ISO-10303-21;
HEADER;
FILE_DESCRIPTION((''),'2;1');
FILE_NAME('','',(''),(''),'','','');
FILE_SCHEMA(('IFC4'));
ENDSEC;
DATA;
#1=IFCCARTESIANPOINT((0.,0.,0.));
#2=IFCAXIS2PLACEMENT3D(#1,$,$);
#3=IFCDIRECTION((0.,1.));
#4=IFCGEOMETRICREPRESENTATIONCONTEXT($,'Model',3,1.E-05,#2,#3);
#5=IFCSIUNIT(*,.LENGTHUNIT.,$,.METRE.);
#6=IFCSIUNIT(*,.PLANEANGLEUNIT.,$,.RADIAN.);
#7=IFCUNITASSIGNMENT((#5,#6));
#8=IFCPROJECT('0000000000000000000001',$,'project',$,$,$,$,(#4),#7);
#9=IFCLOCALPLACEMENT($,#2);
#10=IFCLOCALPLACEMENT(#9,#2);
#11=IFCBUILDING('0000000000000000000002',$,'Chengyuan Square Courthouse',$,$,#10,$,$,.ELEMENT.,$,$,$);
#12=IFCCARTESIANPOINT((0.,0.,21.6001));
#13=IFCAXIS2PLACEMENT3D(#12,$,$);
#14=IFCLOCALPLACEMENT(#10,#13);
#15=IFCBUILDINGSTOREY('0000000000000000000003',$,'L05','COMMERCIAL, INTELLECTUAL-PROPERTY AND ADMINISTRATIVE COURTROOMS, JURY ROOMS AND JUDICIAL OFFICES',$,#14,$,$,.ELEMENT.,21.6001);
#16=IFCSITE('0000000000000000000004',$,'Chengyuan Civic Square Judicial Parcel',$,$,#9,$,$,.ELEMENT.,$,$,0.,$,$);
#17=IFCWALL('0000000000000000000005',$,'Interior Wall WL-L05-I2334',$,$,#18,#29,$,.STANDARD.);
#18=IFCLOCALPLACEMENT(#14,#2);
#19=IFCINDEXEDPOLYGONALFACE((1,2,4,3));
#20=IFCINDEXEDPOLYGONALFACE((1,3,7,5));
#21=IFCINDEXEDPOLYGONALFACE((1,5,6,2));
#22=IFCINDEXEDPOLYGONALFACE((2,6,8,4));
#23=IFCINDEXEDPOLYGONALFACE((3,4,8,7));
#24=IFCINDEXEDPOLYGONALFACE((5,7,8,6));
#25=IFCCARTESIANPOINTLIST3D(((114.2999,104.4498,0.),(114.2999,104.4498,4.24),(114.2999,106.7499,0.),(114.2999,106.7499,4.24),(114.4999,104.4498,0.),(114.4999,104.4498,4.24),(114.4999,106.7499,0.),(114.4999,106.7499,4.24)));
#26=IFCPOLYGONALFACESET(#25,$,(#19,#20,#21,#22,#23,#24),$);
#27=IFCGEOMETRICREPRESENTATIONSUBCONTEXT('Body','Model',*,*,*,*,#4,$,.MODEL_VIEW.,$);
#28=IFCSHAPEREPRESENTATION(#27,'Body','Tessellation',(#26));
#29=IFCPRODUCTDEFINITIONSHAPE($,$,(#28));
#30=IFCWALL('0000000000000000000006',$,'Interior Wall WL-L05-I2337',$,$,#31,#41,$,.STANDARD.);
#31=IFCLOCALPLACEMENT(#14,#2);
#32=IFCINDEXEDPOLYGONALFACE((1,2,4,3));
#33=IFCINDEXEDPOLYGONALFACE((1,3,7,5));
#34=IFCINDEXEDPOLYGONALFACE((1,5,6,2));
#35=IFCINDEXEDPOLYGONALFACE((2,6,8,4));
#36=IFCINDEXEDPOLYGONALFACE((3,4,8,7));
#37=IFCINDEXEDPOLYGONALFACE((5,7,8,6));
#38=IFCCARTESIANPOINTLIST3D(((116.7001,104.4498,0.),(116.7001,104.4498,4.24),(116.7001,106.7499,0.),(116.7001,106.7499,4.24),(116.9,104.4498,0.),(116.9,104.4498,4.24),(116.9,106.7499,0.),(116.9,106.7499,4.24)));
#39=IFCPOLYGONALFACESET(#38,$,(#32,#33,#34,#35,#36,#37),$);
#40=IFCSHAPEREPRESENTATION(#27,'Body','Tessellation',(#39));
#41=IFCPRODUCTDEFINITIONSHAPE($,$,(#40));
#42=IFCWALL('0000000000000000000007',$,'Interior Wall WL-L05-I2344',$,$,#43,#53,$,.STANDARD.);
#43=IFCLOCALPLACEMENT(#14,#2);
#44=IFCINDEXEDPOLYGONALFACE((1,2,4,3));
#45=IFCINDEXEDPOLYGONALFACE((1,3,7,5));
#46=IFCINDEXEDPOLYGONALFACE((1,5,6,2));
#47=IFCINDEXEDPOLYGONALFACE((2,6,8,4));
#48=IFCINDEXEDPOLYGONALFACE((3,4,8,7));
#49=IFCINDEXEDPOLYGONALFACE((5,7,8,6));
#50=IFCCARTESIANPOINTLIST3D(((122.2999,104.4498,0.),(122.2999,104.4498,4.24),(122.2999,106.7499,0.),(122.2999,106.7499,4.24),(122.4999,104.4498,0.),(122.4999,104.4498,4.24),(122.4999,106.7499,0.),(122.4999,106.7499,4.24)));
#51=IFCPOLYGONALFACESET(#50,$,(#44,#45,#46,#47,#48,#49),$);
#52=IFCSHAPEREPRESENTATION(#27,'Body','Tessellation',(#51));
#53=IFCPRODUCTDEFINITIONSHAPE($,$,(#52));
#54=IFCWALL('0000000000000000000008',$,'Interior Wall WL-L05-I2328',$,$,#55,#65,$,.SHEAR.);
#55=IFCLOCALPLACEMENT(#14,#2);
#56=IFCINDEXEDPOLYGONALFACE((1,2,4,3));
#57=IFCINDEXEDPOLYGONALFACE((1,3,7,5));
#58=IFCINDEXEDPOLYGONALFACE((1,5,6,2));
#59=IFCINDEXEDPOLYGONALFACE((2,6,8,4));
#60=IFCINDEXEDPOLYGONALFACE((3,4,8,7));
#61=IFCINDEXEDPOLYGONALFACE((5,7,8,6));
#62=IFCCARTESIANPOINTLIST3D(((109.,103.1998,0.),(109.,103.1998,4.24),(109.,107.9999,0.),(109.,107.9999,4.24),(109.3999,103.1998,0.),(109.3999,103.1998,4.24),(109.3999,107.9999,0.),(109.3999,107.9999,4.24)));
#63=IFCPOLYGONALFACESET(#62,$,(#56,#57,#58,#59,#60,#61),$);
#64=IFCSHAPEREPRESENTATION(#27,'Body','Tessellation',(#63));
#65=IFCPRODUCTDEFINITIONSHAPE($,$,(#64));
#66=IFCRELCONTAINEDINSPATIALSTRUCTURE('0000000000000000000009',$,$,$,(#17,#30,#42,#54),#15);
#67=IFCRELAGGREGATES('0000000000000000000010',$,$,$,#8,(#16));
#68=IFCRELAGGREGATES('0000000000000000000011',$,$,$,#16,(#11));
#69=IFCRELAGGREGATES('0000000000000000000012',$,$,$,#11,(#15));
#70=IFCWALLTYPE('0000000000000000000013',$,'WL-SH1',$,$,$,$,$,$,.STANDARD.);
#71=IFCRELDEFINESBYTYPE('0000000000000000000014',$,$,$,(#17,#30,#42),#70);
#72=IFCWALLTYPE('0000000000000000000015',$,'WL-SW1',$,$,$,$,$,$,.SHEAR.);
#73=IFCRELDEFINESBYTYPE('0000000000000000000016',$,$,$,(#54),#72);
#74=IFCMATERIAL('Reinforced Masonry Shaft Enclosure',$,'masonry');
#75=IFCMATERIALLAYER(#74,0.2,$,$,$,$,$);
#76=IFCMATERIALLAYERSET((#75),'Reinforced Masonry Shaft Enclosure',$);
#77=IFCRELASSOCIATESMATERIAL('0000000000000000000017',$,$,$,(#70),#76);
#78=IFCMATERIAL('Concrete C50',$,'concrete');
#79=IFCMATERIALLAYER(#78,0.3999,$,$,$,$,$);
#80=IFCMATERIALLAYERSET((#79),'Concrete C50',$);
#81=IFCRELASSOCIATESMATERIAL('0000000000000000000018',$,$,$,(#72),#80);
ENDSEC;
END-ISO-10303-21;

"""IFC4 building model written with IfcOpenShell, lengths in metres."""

from ifc_helpers import new_model, si_unit, direction, frame, frame_2d, origin, place, context, subcontext, project, spatial, rectangle, extrude, material, layer, layer_set, type_object, element, save


model = new_model("IFC4")

# Units and contexts
model_context = context("Model", 3, precision=1e-05, world=origin(), true_north=direction((0.0, 1.0)))
body_context = subcontext(model_context, "Body", "Model", "MODEL_VIEW")
ifc_project = project(units=[si_unit("LENGTHUNIT", "METRE"), si_unit("PLANEANGLEUNIT", "RADIAN")], contexts=[model_context])

# Site, building, storey
site_placement = place(None, origin())
site = spatial("IfcSite", under=ifc_project, at=site_placement, Name="Chengyuan Civic Square Judicial Parcel", CompositionType="ELEMENT", RefElevation=0.0)
building_placement = place(site_placement, origin())
building = spatial("IfcBuilding", under=site, at=building_placement, Name="Chengyuan Square Courthouse", CompositionType="ELEMENT")
storey_placement = place(building_placement, frame((0.0, 0.0, 21.6001)))
storey = spatial("IfcBuildingStorey", under=building, at=storey_placement, Name="L05", Description="COMMERCIAL, INTELLECTUAL-PROPERTY AND ADMINISTRATIVE COURTROOMS, JURY ROOMS AND JUDICIAL OFFICES", CompositionType="ELEMENT", Elevation=21.6001)

# Shared definitions
ifc_material_1 = material(Name="Reinforced Masonry Shaft Enclosure", Category="masonry")
ifc_layer_1 = layer(ifc_material_1, 0.2)
ifc_layer_set_1 = layer_set([ifc_layer_1], Name="Reinforced Masonry Shaft Enclosure")
wall_type_1 = type_object("IfcWallType", Name="WL-SH1", PredefinedType="STANDARD", material=ifc_layer_set_1)

# Walls
for number, where, z_axis, x_axis, name in (
    (1, (114.3999, 104.45, 0.0), (0.0, 0.0, 1.0), (0.0, 1.0, 0.0), "Interior Wall WL-L05-I2334"),
    (2, (116.8, 104.45, 0.0), (0.0, 0.0, 1.0), (0.0, 1.0, 0.0), "Interior Wall WL-L05-I2337"),
    (3, (122.3999, 104.45, 0.0), (0.0, 0.0, 1.0), (0.0, 1.0, 0.0), "Interior Wall WL-L05-I2344"),
):
    element("IfcWall", number, at=place(storey_placement, frame(where, z_axis=z_axis, x_axis=x_axis)), inside=storey, type_object=wall_type_1, Name=name, PredefinedType="STANDARD", context=body_context, shape_type="SweptSolid", body=[
        extrude(rectangle(XDim=2.3, YDim=0.2, at=frame_2d((1.1499, 0.0))), origin(), (0.0, 0.0, 1.0), 4.24),
    ])
ifc_material_2 = material(Name="Concrete C50", Category="concrete")
ifc_layer_2 = layer(ifc_material_2, 0.3999)
ifc_layer_set_2 = layer_set([ifc_layer_2], Name="Concrete C50")
wall_type_2 = type_object("IfcWallType", Name="WL-SW1", PredefinedType="SHEAR", material=ifc_layer_set_2)
wall_1_placement = place(storey_placement, frame((109.2, 103.2, 0.0), z_axis=(0.0, 0.0, 1.0), x_axis=(0.0, 1.0, 0.0)))
element("IfcWall", 4, at=wall_1_placement, inside=storey, type_object=wall_type_2, Name="Interior Wall WL-L05-I2328", PredefinedType="SHEAR", context=body_context, shape_type="SweptSolid", body=[
    extrude(rectangle(XDim=4.8, YDim=0.3999, at=frame_2d((2.3999, 0.0))), origin(), (0.0, 0.0, 1.0), 4.24),
])

save(model, "model.ifc")
